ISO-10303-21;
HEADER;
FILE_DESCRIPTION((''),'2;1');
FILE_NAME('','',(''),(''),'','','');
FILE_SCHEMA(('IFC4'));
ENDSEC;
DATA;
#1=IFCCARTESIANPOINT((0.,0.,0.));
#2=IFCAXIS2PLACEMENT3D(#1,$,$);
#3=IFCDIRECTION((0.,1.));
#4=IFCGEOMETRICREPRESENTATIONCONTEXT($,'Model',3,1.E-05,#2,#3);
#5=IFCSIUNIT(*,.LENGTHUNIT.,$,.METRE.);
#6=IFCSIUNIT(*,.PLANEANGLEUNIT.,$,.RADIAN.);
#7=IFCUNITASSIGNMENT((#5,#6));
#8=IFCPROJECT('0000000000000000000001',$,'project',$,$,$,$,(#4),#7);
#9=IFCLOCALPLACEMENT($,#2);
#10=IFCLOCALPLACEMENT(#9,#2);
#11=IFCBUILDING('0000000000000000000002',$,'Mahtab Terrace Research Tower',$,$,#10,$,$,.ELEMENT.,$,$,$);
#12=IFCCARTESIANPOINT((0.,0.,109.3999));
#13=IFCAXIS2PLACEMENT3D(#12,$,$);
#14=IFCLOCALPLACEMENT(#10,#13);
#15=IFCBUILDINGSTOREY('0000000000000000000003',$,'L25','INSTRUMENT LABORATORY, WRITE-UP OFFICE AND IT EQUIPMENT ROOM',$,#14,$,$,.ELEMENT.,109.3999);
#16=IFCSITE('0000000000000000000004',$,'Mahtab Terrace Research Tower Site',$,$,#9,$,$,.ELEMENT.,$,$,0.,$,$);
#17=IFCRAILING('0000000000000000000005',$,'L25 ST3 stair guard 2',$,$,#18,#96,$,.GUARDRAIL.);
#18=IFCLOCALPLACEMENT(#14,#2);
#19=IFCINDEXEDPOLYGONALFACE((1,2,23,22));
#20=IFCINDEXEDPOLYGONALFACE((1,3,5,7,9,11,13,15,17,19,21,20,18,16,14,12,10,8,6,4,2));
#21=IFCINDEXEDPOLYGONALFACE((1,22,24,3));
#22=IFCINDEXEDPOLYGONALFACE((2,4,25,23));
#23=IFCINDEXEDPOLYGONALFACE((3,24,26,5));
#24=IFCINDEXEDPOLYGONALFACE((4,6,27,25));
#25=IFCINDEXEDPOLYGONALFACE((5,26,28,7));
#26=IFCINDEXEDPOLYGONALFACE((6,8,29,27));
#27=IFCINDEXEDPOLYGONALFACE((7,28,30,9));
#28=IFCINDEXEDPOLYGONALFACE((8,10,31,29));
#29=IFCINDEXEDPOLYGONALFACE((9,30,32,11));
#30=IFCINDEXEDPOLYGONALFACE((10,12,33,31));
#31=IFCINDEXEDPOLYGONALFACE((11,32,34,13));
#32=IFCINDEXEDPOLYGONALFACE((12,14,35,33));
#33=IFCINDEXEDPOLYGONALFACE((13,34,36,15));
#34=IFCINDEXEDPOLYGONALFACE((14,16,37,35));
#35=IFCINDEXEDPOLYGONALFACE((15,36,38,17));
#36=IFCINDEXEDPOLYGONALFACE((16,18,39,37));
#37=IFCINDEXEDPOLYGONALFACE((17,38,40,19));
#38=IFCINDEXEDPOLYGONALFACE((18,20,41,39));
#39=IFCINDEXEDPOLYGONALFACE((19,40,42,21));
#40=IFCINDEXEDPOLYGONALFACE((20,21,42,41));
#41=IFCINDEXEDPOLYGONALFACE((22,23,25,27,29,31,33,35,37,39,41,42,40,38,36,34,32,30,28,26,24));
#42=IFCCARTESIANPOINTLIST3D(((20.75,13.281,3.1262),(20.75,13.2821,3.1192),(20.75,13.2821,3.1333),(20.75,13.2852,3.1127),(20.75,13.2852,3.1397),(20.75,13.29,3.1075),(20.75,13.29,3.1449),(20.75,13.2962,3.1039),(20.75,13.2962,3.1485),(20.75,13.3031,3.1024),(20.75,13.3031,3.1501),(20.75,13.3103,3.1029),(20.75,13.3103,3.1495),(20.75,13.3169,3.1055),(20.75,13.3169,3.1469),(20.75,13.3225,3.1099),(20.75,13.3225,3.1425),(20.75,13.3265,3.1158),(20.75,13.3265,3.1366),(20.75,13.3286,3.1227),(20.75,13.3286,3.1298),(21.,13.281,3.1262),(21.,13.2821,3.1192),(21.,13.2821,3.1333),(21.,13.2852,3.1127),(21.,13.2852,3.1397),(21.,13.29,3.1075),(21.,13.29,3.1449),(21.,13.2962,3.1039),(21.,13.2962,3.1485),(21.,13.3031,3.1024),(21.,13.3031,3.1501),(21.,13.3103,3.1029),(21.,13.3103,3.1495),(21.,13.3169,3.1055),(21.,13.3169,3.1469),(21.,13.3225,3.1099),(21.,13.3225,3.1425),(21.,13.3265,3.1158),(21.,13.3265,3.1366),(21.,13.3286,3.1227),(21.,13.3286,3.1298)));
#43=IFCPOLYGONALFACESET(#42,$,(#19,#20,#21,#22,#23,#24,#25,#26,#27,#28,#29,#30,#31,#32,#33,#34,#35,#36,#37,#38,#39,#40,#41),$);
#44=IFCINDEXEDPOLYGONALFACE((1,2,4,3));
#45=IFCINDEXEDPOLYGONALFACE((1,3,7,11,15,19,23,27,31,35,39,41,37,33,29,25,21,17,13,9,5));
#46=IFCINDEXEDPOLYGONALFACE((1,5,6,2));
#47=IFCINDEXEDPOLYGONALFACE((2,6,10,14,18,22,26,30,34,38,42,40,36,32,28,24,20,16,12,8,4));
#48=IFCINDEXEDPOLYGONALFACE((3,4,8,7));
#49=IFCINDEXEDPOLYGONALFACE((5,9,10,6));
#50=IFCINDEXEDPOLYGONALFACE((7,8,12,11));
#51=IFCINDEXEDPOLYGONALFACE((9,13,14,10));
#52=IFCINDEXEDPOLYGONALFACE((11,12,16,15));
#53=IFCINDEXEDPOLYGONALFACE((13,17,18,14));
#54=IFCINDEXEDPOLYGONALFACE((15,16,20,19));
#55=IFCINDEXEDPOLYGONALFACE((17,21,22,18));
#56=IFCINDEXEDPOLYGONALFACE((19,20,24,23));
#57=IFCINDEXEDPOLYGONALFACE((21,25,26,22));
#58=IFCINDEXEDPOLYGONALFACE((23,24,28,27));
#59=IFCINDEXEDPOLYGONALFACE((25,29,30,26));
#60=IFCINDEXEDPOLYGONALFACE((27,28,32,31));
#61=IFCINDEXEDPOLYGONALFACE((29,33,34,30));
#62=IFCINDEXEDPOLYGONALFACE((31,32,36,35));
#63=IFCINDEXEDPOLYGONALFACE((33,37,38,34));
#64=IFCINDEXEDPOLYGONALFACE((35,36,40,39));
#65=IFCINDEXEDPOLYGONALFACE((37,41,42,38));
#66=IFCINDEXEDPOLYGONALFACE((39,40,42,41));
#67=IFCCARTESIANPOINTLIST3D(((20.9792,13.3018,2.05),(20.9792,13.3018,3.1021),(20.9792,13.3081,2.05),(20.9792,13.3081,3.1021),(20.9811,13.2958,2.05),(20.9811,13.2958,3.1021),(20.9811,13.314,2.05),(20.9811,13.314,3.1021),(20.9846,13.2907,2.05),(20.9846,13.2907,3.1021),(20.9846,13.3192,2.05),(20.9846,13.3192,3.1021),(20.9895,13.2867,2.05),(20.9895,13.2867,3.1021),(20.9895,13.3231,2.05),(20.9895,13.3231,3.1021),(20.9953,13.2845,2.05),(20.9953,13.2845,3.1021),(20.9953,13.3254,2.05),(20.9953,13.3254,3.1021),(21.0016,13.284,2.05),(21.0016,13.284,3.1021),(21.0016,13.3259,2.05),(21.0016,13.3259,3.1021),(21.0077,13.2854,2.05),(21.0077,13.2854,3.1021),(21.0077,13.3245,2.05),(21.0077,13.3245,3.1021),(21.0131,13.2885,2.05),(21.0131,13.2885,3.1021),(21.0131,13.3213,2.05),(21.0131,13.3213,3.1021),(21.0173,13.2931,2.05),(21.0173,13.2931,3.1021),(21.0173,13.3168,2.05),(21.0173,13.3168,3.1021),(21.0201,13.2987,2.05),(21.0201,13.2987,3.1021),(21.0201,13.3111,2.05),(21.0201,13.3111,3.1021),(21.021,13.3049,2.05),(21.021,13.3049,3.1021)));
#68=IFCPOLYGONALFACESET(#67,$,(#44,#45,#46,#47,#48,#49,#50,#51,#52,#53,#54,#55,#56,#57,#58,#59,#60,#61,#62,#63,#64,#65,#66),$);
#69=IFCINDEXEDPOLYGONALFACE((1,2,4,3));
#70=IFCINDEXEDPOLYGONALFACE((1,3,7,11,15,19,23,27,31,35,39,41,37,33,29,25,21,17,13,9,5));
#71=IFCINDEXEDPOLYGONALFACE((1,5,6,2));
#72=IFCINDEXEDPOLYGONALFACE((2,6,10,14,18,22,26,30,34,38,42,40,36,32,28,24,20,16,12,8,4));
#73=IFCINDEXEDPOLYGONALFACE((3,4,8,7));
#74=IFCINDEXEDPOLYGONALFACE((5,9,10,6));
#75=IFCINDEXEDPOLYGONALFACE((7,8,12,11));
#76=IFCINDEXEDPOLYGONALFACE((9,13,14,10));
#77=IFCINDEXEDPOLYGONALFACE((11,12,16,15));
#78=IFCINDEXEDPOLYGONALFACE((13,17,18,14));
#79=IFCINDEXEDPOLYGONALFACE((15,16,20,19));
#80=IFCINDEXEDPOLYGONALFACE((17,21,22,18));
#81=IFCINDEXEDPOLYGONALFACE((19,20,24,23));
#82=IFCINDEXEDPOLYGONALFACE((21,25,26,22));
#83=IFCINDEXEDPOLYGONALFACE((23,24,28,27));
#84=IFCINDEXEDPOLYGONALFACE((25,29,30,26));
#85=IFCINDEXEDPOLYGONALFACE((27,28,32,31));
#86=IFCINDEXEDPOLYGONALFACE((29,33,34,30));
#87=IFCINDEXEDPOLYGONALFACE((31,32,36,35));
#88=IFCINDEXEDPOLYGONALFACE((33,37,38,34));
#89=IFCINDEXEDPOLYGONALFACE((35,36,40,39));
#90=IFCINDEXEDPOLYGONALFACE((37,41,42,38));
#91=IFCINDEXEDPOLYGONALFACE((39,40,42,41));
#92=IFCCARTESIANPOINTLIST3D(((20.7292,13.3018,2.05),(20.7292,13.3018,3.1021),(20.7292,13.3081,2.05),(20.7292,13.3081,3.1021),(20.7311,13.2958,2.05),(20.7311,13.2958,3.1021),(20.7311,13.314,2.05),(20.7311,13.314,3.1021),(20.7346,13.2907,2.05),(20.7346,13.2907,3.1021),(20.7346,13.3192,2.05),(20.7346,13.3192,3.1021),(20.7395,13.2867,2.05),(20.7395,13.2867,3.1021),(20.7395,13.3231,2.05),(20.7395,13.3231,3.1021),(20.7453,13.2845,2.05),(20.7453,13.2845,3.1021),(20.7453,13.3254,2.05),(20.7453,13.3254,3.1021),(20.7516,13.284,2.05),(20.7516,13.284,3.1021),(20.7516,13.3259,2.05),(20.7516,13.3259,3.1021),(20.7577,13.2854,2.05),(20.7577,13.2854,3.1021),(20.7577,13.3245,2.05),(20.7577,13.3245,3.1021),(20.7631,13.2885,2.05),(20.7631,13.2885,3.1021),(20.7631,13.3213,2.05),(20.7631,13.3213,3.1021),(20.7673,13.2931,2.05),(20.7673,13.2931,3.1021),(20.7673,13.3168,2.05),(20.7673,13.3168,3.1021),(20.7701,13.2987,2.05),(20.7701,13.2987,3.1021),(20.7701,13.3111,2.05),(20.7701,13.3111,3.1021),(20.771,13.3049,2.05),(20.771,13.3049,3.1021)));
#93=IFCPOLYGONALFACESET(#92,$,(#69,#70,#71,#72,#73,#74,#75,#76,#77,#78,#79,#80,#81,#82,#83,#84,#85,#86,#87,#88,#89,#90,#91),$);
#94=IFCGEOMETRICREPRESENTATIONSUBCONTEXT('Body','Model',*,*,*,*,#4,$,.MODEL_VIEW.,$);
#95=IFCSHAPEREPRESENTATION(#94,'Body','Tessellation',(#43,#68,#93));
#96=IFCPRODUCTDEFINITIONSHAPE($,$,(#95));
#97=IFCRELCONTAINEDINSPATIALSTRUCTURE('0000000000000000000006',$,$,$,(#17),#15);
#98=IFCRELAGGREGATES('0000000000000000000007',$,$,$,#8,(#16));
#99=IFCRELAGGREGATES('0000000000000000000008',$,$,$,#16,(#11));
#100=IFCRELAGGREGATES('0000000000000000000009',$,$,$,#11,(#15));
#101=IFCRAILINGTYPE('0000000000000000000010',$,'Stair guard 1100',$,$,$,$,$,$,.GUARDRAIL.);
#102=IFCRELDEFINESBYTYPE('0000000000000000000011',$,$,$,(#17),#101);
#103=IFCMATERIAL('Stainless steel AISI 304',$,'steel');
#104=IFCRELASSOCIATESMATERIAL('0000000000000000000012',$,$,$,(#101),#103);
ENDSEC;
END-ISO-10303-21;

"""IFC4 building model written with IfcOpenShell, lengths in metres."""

from ifc_helpers import new_model, si_unit, direction, frame, origin, origin_2d, place, context, subcontext, project, spatial, circle, extrude, material, type_object, element, save


model = new_model("IFC4")

# Units and contexts
model_context = context("Model", 3, precision=1e-05, world=origin(), true_north=direction((0.0, 1.0)))
body_context = subcontext(model_context, "Body", "Model", "MODEL_VIEW")
ifc_project = project(units=[si_unit("LENGTHUNIT", "METRE"), si_unit("PLANEANGLEUNIT", "RADIAN")], contexts=[model_context])

# Site, building, storey
site_placement = place(None, origin())
site = spatial("IfcSite", under=ifc_project, at=site_placement, Name="Mahtab Terrace Research Tower Site", CompositionType="ELEMENT", RefElevation=0.0)
building_placement = place(site_placement, origin())
building = spatial("IfcBuilding", under=site, at=building_placement, Name="Mahtab Terrace Research Tower", CompositionType="ELEMENT")
storey_placement = place(building_placement, frame((0.0, 0.0, 109.3999)))
storey = spatial("IfcBuildingStorey", under=building, at=storey_placement, Name="L25", Description="INSTRUMENT LABORATORY, WRITE-UP OFFICE AND IT EQUIPMENT ROOM", CompositionType="ELEMENT", Elevation=109.3999)

# Shared definitions
ifc_material_1 = material(Name="Stainless steel AISI 304", Category="steel")

# Railing
railing_type_1 = type_object("IfcRailingType", Name="Stair guard 1100", PredefinedType="GUARDRAIL", material=ifc_material_1)
railing_1_placement = place(storey_placement, frame((21.0, 13.3049, 2.05)))
element("IfcRailing", 1, at=railing_1_placement, inside=storey, type_object=railing_type_1, Name="L25 ST3 stair guard 2", PredefinedType="GUARDRAIL", context=body_context, shape_type="SweptSolid", body=[
    extrude(circle(Radius=0.0239, at=origin_2d()), frame((0.0, 0.0, 1.0762), z_axis=(-1.0, 0.0, 0.0), x_axis=(0.0, -1.0, 0.0)), (0.0, 0.0, 1.0), 0.25),
    extrude(circle(Radius=0.021, at=origin_2d()), origin(), (0.0, 0.0, 1.0), 1.052),
    extrude(circle(Radius=0.021, at=origin_2d()), frame((-0.25, 0.0, 0.0)), (0.0, 0.0, 1.0), 1.052),
])

save(model, "model.ifc")
